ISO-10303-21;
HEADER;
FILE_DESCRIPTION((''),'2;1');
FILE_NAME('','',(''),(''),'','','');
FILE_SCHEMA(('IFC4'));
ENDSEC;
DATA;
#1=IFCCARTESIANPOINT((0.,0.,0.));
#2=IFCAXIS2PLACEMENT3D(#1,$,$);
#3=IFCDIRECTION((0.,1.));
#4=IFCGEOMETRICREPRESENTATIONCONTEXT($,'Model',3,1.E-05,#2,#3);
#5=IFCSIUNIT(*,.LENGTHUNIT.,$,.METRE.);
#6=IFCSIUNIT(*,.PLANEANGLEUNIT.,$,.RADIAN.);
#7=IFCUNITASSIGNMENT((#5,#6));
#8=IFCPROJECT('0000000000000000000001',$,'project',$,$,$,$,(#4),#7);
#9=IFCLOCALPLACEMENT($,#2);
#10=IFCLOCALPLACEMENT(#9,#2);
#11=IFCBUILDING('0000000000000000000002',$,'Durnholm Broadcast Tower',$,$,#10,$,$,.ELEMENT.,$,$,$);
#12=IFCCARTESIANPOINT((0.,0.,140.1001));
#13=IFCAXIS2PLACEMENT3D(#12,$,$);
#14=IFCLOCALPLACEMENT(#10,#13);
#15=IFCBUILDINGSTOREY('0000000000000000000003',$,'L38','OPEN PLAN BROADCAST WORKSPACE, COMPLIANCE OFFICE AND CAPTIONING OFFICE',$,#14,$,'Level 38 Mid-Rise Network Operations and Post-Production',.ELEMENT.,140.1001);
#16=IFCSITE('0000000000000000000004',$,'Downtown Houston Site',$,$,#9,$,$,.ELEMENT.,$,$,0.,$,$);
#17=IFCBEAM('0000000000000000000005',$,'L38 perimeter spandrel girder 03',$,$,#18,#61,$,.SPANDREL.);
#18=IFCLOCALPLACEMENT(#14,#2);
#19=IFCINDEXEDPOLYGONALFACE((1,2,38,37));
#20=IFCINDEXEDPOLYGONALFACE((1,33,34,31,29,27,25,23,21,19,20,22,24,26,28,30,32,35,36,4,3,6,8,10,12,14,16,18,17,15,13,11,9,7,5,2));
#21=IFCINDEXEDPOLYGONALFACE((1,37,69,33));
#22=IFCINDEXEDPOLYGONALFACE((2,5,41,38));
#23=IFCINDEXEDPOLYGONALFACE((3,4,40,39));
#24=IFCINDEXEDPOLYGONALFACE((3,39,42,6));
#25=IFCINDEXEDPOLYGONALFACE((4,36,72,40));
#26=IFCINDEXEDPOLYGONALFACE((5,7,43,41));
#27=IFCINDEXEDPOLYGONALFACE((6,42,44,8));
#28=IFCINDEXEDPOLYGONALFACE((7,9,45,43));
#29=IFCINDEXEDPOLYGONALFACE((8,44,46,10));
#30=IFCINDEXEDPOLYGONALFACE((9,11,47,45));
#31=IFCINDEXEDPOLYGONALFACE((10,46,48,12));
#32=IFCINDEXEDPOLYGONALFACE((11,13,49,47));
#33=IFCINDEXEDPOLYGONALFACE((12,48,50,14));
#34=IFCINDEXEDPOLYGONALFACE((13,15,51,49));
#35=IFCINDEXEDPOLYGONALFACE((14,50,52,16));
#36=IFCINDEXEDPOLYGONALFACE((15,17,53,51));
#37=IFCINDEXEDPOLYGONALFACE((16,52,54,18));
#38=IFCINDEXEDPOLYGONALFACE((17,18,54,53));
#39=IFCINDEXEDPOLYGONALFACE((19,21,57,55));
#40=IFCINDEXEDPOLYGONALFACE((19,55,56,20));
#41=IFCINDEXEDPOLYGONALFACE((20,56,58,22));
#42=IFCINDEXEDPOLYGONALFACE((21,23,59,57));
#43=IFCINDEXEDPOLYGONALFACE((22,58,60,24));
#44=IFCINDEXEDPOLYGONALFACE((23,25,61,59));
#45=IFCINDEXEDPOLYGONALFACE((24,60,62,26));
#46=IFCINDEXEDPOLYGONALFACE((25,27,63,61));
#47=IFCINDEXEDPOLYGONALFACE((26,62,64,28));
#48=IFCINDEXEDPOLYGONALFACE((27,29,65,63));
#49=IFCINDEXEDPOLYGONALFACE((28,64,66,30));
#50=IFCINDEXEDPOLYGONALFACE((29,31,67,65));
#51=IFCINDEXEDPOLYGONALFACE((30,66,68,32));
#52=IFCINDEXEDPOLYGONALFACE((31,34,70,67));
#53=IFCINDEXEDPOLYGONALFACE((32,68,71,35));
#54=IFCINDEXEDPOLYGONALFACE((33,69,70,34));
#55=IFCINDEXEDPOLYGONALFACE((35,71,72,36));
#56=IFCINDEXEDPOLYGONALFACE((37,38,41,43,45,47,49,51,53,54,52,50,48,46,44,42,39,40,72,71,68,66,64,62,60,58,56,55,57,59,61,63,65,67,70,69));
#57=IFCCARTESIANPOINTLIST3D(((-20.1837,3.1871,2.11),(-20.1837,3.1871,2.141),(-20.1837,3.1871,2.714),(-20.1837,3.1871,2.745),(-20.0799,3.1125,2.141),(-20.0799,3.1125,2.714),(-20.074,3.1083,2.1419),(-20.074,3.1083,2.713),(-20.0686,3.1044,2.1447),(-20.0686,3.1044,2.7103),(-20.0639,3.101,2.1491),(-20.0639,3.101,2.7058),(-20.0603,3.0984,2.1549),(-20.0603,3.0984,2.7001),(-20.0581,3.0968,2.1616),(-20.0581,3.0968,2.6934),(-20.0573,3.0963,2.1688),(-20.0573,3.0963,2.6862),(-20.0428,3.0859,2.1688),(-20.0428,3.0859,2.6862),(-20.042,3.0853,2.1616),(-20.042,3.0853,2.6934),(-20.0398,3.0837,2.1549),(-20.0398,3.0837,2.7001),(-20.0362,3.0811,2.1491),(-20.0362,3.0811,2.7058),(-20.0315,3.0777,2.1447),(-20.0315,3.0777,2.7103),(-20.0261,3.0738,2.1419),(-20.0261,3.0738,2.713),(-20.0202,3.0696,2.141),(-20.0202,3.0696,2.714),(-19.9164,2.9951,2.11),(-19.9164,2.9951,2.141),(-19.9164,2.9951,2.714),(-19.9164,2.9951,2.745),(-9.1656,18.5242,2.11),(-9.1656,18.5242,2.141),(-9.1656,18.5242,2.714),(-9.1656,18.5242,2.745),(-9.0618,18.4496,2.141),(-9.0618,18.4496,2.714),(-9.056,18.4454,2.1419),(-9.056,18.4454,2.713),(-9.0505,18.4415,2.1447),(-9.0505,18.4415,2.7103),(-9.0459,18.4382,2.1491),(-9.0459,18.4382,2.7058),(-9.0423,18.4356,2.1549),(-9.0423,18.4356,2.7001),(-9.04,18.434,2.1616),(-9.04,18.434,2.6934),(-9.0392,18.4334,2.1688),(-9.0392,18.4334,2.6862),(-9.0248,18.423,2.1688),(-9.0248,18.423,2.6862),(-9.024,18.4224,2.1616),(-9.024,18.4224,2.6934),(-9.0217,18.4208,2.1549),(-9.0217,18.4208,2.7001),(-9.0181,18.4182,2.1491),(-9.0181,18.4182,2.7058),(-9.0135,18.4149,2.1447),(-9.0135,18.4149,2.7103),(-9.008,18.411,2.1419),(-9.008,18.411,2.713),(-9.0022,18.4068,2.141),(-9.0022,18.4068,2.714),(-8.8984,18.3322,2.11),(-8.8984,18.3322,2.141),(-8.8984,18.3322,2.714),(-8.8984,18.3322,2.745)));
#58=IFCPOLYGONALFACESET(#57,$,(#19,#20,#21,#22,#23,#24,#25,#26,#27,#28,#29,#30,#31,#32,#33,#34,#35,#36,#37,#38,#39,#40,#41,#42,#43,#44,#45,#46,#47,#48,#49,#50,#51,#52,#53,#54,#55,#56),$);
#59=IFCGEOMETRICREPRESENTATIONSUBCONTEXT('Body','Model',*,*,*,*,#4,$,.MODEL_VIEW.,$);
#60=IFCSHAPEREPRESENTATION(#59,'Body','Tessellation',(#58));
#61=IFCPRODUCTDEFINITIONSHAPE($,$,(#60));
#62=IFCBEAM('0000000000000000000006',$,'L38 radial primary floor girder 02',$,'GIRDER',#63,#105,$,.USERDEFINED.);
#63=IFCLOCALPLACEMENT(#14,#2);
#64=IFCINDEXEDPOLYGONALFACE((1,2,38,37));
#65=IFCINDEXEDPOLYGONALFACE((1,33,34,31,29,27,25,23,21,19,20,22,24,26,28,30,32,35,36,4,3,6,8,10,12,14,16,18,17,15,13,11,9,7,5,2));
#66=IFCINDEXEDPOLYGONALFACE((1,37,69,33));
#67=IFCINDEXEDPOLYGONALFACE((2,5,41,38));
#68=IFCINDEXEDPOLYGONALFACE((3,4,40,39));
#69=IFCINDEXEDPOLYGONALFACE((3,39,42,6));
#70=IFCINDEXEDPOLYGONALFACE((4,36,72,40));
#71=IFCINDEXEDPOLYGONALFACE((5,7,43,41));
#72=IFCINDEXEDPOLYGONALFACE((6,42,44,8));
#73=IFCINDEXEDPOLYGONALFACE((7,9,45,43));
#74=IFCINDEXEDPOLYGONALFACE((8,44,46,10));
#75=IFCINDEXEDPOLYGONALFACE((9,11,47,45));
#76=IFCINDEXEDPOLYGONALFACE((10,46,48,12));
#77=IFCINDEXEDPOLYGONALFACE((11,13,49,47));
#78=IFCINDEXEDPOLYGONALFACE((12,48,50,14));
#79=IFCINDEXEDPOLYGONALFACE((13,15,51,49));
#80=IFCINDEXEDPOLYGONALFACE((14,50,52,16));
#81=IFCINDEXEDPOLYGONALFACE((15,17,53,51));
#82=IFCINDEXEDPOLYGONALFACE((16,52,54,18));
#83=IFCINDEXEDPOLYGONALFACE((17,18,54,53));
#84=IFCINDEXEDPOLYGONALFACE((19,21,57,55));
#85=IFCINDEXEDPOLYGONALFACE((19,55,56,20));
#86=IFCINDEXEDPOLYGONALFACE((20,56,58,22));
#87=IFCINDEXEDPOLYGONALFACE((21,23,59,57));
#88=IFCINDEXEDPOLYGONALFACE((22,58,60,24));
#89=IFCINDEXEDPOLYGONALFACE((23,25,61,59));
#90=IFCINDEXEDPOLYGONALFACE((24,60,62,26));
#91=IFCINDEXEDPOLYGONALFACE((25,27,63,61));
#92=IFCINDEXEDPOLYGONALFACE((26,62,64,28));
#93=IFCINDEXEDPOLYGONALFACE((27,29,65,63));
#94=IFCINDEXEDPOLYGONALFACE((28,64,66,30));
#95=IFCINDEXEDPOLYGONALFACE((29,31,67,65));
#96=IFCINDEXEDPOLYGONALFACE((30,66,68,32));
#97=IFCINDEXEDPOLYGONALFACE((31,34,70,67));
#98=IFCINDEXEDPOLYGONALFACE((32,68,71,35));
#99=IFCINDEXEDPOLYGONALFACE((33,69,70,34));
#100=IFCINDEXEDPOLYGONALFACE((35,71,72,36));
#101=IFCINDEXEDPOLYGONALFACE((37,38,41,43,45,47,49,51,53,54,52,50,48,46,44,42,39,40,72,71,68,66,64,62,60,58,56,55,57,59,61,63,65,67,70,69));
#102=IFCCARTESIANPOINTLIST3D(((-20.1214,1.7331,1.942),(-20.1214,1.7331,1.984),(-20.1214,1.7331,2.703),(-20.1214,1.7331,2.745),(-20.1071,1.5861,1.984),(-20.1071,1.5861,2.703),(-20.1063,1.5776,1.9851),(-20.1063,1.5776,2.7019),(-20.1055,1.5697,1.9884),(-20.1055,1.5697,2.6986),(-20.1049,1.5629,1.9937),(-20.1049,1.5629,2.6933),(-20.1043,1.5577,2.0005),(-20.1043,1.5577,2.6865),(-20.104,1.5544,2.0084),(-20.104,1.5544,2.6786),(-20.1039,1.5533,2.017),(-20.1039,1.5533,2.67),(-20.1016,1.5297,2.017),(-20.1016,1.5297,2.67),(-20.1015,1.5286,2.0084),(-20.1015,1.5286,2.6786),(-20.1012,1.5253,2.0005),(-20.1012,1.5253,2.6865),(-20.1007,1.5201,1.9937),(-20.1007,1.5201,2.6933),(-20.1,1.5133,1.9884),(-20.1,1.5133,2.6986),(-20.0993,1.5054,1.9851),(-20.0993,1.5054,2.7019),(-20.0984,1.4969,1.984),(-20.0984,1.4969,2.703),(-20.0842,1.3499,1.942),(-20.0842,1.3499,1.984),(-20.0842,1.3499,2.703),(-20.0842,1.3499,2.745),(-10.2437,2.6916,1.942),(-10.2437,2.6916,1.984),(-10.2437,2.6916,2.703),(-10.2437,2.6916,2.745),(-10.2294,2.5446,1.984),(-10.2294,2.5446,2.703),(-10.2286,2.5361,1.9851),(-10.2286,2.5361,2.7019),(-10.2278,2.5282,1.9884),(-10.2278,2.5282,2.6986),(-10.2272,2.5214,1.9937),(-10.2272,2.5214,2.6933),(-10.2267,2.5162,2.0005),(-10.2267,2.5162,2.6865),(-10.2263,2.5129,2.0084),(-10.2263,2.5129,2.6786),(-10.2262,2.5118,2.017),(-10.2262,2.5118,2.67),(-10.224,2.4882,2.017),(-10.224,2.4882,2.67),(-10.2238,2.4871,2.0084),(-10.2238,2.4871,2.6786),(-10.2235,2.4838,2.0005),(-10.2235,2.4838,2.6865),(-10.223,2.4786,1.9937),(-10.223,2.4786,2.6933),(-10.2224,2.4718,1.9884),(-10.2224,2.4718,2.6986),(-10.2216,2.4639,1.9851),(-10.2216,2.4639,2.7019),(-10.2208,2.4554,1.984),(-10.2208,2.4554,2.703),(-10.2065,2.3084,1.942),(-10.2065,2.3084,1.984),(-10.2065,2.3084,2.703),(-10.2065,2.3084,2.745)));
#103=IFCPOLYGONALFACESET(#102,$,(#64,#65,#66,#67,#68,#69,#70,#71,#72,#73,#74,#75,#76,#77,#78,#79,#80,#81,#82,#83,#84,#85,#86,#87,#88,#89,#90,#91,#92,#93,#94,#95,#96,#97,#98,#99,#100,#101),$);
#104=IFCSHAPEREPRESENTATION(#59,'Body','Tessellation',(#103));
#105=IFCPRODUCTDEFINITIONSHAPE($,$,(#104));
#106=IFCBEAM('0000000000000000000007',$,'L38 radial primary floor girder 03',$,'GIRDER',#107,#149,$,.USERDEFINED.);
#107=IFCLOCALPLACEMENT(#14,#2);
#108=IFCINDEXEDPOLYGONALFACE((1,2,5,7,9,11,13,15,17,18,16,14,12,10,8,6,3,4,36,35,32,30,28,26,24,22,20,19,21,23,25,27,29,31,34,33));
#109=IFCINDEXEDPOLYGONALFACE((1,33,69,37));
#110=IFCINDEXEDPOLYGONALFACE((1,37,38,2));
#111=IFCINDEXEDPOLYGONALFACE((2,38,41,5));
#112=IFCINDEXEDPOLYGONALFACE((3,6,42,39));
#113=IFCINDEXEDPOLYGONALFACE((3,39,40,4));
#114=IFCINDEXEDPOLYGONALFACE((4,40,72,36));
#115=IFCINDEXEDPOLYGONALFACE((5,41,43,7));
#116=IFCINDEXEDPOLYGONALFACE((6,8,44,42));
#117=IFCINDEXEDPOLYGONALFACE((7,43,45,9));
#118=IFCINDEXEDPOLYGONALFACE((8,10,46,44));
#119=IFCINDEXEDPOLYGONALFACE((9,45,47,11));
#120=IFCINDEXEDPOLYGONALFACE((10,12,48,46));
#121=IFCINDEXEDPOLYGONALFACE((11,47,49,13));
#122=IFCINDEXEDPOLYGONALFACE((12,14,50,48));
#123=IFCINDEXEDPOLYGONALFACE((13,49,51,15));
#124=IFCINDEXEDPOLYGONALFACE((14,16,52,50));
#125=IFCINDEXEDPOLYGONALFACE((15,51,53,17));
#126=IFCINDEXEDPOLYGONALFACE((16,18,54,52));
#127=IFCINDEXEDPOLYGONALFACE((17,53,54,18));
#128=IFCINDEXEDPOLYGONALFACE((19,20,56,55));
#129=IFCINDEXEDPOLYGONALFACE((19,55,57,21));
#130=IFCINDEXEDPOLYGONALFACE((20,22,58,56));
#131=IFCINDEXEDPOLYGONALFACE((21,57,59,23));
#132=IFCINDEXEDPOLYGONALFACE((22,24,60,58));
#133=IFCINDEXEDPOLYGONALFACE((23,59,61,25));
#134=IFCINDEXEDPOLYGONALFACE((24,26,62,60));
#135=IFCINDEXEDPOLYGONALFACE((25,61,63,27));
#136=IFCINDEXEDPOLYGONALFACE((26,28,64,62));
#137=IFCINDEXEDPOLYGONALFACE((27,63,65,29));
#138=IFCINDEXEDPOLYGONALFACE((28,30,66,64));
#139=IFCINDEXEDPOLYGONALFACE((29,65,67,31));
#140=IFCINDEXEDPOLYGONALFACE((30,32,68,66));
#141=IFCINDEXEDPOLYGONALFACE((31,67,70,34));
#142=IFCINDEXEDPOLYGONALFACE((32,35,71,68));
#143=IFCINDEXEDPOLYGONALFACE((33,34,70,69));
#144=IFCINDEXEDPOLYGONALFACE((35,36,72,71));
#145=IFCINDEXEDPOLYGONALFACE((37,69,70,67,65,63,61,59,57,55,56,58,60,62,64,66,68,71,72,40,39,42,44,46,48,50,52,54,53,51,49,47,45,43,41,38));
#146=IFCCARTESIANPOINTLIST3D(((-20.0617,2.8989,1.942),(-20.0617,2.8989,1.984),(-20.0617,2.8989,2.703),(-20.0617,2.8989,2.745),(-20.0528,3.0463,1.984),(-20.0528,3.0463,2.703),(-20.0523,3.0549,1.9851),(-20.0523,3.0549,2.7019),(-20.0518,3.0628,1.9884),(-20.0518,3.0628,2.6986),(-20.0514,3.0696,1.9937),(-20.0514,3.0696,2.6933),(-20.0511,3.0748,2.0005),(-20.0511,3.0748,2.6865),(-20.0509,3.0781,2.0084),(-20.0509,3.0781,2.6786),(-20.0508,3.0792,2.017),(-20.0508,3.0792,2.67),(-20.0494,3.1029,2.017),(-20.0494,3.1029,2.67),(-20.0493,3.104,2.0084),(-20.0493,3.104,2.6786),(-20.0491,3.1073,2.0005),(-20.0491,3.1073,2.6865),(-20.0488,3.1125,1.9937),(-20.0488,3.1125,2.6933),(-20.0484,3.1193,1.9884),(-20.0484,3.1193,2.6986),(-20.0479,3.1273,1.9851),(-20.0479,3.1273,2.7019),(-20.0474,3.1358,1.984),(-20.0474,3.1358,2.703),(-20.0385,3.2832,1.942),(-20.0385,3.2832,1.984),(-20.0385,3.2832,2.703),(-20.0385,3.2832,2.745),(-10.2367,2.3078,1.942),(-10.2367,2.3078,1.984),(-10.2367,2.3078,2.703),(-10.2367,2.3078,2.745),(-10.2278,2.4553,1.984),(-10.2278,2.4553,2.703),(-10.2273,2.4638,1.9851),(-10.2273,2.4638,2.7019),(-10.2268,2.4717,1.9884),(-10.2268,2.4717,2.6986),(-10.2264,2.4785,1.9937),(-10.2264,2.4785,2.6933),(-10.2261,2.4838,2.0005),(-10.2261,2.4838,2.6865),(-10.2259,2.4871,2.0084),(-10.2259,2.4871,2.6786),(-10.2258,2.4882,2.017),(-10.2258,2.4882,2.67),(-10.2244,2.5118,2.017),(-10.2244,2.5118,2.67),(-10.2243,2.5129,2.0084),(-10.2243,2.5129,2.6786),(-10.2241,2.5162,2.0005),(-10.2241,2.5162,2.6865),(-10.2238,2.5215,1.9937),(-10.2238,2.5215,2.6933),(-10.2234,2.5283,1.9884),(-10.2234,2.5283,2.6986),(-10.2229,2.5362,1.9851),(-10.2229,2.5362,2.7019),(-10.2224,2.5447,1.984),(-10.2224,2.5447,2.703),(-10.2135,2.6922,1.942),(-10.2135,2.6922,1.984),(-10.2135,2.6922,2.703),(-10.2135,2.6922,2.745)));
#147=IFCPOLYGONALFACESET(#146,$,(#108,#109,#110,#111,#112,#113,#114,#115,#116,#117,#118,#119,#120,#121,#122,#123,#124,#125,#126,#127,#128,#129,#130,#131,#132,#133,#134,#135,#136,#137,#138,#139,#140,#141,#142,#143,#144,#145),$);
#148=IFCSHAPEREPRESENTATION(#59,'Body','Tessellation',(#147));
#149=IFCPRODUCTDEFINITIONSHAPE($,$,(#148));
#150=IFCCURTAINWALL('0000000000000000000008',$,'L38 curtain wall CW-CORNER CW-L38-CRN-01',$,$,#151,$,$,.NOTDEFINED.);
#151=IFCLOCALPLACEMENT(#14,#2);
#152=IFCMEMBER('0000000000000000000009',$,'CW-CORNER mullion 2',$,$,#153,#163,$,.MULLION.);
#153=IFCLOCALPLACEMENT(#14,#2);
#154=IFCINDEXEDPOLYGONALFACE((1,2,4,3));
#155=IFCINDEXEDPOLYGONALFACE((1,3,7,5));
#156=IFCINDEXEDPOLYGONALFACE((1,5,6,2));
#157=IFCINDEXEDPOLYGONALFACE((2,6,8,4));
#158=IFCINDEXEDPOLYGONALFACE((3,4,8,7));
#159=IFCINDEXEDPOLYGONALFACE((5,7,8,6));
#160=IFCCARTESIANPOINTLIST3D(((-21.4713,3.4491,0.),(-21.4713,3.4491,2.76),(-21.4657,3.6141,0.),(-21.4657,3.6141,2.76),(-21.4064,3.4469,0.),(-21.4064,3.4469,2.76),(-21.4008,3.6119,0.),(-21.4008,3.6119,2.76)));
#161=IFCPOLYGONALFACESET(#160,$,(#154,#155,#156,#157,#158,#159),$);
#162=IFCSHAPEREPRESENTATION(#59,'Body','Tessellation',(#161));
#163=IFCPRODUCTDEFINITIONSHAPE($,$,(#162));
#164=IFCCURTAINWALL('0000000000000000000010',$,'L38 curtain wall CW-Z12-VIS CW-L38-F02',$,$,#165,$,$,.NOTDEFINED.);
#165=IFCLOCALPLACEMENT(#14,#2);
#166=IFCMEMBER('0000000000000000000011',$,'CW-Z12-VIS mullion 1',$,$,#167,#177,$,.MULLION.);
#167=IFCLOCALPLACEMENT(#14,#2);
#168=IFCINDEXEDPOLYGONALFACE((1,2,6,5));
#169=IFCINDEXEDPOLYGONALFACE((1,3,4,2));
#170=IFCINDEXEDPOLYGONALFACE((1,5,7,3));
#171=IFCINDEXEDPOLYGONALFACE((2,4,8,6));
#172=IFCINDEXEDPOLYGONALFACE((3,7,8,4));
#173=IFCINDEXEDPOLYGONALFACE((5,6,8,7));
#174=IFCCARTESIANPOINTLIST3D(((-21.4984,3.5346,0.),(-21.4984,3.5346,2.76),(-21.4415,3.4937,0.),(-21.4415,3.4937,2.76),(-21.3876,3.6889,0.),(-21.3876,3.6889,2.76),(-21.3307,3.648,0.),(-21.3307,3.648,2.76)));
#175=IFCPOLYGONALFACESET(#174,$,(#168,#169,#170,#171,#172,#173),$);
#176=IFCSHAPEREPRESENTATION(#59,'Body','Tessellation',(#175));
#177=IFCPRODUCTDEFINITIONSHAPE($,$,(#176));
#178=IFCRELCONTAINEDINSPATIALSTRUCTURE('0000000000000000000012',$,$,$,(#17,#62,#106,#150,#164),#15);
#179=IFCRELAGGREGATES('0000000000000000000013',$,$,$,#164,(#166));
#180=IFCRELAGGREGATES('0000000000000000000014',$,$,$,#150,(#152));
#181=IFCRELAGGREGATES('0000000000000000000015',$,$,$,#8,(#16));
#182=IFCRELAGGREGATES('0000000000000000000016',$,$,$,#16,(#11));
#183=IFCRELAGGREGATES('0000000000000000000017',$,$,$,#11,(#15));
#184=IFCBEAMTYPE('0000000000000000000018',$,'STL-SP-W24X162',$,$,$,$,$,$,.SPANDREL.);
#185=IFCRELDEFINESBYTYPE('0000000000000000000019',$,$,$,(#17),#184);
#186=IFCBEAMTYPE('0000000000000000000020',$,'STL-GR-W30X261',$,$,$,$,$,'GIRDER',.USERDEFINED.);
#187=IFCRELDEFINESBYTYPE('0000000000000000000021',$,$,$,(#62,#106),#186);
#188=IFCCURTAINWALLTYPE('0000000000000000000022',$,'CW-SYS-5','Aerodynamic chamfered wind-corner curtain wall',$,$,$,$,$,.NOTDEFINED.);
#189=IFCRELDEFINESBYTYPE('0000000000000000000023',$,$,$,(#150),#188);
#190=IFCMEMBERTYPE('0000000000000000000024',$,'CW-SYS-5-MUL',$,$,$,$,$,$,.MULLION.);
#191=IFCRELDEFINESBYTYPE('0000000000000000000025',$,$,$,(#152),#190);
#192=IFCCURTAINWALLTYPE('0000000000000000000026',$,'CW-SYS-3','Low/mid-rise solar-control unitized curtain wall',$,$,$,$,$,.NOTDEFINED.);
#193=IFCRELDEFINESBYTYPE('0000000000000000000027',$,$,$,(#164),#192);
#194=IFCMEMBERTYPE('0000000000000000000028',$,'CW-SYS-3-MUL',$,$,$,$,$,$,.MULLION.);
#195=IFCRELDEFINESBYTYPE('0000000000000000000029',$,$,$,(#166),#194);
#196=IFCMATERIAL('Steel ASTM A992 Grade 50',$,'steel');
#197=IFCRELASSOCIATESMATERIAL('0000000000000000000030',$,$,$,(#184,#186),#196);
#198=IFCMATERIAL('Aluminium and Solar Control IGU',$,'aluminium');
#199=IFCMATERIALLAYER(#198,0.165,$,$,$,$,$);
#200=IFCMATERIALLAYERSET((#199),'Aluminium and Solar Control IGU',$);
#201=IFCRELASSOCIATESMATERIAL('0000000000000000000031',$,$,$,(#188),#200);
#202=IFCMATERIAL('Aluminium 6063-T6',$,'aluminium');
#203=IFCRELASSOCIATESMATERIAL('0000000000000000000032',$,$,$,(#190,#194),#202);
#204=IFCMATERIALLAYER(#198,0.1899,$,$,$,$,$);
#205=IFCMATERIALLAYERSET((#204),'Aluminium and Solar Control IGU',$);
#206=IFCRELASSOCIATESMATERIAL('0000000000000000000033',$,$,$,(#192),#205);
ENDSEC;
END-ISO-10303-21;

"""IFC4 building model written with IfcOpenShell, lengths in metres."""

from ifc_helpers import new_model, si_unit, direction, frame, origin, origin_2d, place, context, subcontext, project, spatial, rectangle, i_section, extrude, source, transform, mapped, material, layer, layer_set, material_profile, profile_set, type_object, type_shapes, element, aggregate, save


model = new_model("IFC4")

# Units and contexts
model_context = context("Model", 3, precision=1e-05, world=origin(), true_north=direction((0.0, 1.0)))
body_context = subcontext(model_context, "Body", "Model", "MODEL_VIEW")
ifc_project = project(units=[si_unit("LENGTHUNIT", "METRE"), si_unit("PLANEANGLEUNIT", "RADIAN")], contexts=[model_context])

# Site, building, storey
site_placement = place(None, origin())
site = spatial("IfcSite", under=ifc_project, at=site_placement, Name="Downtown Houston Site", CompositionType="ELEMENT", RefElevation=0.0)
building_placement = place(site_placement, origin())
building = spatial("IfcBuilding", under=site, at=building_placement, Name="Durnholm Broadcast Tower", CompositionType="ELEMENT")
storey_placement = place(building_placement, frame((0.0, 0.0, 140.1001)))
storey = spatial("IfcBuildingStorey", under=building, at=storey_placement, Name="L38", Description="OPEN PLAN BROADCAST WORKSPACE, COMPLIANCE OFFICE AND CAPTIONING OFFICE", LongName="Level 38 Mid-Rise Network Operations and Post-Production", CompositionType="ELEMENT", Elevation=140.1001)

# Beams
ifc_material_1 = material(Name="Steel ASTM A992 Grade 50", Category="steel")
ifc_material_profile_1 = material_profile(ifc_material_1, i_section(OverallWidth=0.3291, OverallDepth=0.635, WebThickness=0.0178, FlangeThickness=0.031, FilletRadius=0.0278, at=origin_2d()), Name="W24X162")
ifc_profile_set_1 = profile_set([ifc_material_profile_1], Name="Steel ASTM A992 Grade 50")
beam_type_1 = type_object("IfcBeamType", Name="STL-SP-W24X162", PredefinedType="SPANDREL", material=ifc_profile_set_1)
shared_shape_1 = source(origin(), body_context, "Body", "SweptSolid", [
    extrude(i_section(OverallWidth=0.3291, OverallDepth=0.635, WebThickness=0.0178, FlangeThickness=0.031, FilletRadius=0.0278, at=origin_2d()), origin(), (0.0, 0.0, 1.0), 18.8845),
])
beam_1_placement = place(storey_placement, frame((-20.05, 3.0911, 2.4275), z_axis=(0.583443, 0.812154, 0.0), x_axis=(-0.812154, 0.583443, 0.0)))
element("IfcBeam", 1, at=beam_1_placement, inside=storey, type_object=beam_type_1, Name="L38 perimeter spandrel girder 03", PredefinedType="SPANDREL", context=body_context, shape_type="MappedRepresentation", body=[
    mapped(shared_shape_1, transform((0.0, 0.0, 0.0), x_axis=(1.0, 0.0, 0.0), y_axis=(0.0, 1.0, 0.0), z_axis=(0.0, 0.0, 1.0), scale=1.0)),
])
ifc_material_profile_2 = material_profile(ifc_material_1, i_section(OverallWidth=0.385, OverallDepth=0.803, WebThickness=0.0237, FlangeThickness=0.042, FilletRadius=0.033, at=origin_2d()), Name="W30X261")
ifc_profile_set_2 = profile_set([ifc_material_profile_2], Name="Steel ASTM A992 Grade 50")
beam_type_2 = type_object("IfcBeamType", Name="STL-GR-W30X261", ElementType="GIRDER", PredefinedType="USERDEFINED", material=ifc_profile_set_2)
shared_shape_2 = source(origin(), body_context, "Body", "SweptSolid", [
    extrude(i_section(OverallWidth=0.385, OverallDepth=0.803, WebThickness=0.0237, FlangeThickness=0.042, FilletRadius=0.033, at=origin_2d()), origin(), (0.0, 0.0, 1.0), 9.9241),
])
beam_2_placement = place(storey_placement, frame((-10.2251, 2.5, 2.3435), z_axis=(-0.995325, -0.096583, 0.0), x_axis=(0.096583, -0.995325, 0.0)))
element("IfcBeam", 2, at=beam_2_placement, inside=storey, type_object=beam_type_2, Name="L38 radial primary floor girder 02", ObjectType="GIRDER", PredefinedType="USERDEFINED", context=body_context, shape_type="MappedRepresentation", body=[
    mapped(shared_shape_2, transform((0.0, 0.0, 0.0), x_axis=(1.0, 0.0, 0.0), y_axis=(0.0, 1.0, 0.0), z_axis=(0.0, 0.0, 1.0), scale=1.0)),
])
shared_shape_3 = source(origin(), body_context, "Body", "SweptSolid", [
    extrude(i_section(OverallWidth=0.385, OverallDepth=0.803, WebThickness=0.0237, FlangeThickness=0.042, FilletRadius=0.033, at=origin_2d()), origin(), (0.0, 0.0, 1.0), 9.8428),
])
type_shapes(beam_type_2, [shared_shape_2, shared_shape_3])
beam_3_placement = place(storey_placement, frame((-10.2251, 2.5, 2.3435), z_axis=(-0.998195, 0.060051, 0.0), x_axis=(-0.060051, -0.998195, 0.0)))
element("IfcBeam", 3, at=beam_3_placement, inside=storey, type_object=beam_type_2, Name="L38 radial primary floor girder 03", ObjectType="GIRDER", PredefinedType="USERDEFINED", context=body_context, shape_type="MappedRepresentation", body=[
    mapped(shared_shape_3, transform((0.0, 0.0, 0.0), x_axis=(1.0, 0.0, 0.0), y_axis=(0.0, 1.0, 0.0), z_axis=(0.0, 0.0, 1.0), scale=1.0)),
])

# Curtain walls, members
ifc_material_2 = material(Name="Aluminium and Solar Control IGU", Category="aluminium")
ifc_layer_1 = layer(ifc_material_2, 0.165)
ifc_layer_set_1 = layer_set([ifc_layer_1], Name="Aluminium and Solar Control IGU")
curtain_wall_type_1 = type_object("IfcCurtainWallType", Name="CW-SYS-5", Description="Aerodynamic chamfered wind-corner curtain wall", PredefinedType="NOTDEFINED", material=ifc_layer_set_1)
curtain_wall_1_placement = place(storey_placement, origin())
curtain_wall_1 = element("IfcCurtainWall", 4, at=curtain_wall_1_placement, inside=storey, type_object=curtain_wall_type_1, Name="L38 curtain wall CW-CORNER CW-L38-CRN-01", PredefinedType="NOTDEFINED")
ifc_material_3 = material(Name="Aluminium 6063-T6", Category="aluminium")
ifc_material_profile_3 = material_profile(ifc_material_3, rectangle(XDim=0.0649, YDim=0.165, at=origin_2d()), Name="CWM65X165")
ifc_profile_set_3 = profile_set([ifc_material_profile_3], Name="Aluminium 6063-T6")
member_type_1 = type_object("IfcMemberType", Name="CW-SYS-5-MUL", PredefinedType="MULLION", material=ifc_profile_set_3)
shared_shape_4 = source(origin(), body_context, "Body", "SweptSolid", [
    extrude(rectangle(XDim=0.0649, YDim=0.165, at=origin_2d()), origin(), (0.0, 0.0, 1.0), 2.76),
])
type_shapes(member_type_1, [shared_shape_4])
member_1_placement = place(storey_placement, frame((-21.436, 3.5305, 0.0), z_axis=(0.0, 0.0, 1.0), x_axis=(-0.999425, 0.033917, 0.0)))
member_1 = element("IfcMember", 5, at=member_1_placement, type_object=member_type_1, Name="CW-CORNER mullion 2", PredefinedType="MULLION", context=body_context, shape_type="MappedRepresentation", body=[
    mapped(shared_shape_4, transform((0.0, 0.0, 0.0), x_axis=(1.0, 0.0, 0.0), y_axis=(0.0, 1.0, 0.0), z_axis=(0.0, 0.0, 1.0), scale=1.0)),
])
ifc_layer_2 = layer(ifc_material_2, 0.1899)
ifc_layer_set_2 = layer_set([ifc_layer_2], Name="Aluminium and Solar Control IGU")
curtain_wall_type_2 = type_object("IfcCurtainWallType", Name="CW-SYS-3", Description="Low/mid-rise solar-control unitized curtain wall", PredefinedType="NOTDEFINED", material=ifc_layer_set_2)
curtain_wall_2_placement = place(storey_placement, origin())
curtain_wall_2 = element("IfcCurtainWall", 6, at=curtain_wall_2_placement, inside=storey, type_object=curtain_wall_type_2, Name="L38 curtain wall CW-Z12-VIS CW-L38-F02", PredefinedType="NOTDEFINED")
ifc_material_profile_4 = material_profile(ifc_material_3, rectangle(XDim=0.0701, YDim=0.1899, at=origin_2d()), Name="CWM70X190")
ifc_profile_set_4 = profile_set([ifc_material_profile_4], Name="Aluminium 6063-T6")
member_type_2 = type_object("IfcMemberType", Name="CW-SYS-3-MUL", PredefinedType="MULLION", material=ifc_profile_set_4)
shared_shape_5 = source(origin(), body_context, "Body", "SweptSolid", [
    extrude(rectangle(XDim=0.0701, YDim=0.1899, at=origin_2d()), origin(), (0.0, 0.0, 1.0), 2.76),
])
type_shapes(member_type_2, [shared_shape_5])
member_2_placement = place(storey_placement, frame((-21.4146, 3.5913, 0.0), z_axis=(0.0, 0.0, 1.0), x_axis=(-0.812152, 0.583445, 0.0)))
member_2 = element("IfcMember", 7, at=member_2_placement, type_object=member_type_2, Name="CW-Z12-VIS mullion 1", PredefinedType="MULLION", context=body_context, shape_type="MappedRepresentation", body=[
    mapped(shared_shape_5, transform((0.0, 0.0, 0.0), x_axis=(1.0, 0.0, 0.0), y_axis=(0.0, 1.0, 0.0), z_axis=(0.0, 0.0, 1.0), scale=1.0)),
])

aggregate(curtain_wall_2, [member_2])

aggregate(curtain_wall_1, [member_1])

save(model, "model.ifc")
